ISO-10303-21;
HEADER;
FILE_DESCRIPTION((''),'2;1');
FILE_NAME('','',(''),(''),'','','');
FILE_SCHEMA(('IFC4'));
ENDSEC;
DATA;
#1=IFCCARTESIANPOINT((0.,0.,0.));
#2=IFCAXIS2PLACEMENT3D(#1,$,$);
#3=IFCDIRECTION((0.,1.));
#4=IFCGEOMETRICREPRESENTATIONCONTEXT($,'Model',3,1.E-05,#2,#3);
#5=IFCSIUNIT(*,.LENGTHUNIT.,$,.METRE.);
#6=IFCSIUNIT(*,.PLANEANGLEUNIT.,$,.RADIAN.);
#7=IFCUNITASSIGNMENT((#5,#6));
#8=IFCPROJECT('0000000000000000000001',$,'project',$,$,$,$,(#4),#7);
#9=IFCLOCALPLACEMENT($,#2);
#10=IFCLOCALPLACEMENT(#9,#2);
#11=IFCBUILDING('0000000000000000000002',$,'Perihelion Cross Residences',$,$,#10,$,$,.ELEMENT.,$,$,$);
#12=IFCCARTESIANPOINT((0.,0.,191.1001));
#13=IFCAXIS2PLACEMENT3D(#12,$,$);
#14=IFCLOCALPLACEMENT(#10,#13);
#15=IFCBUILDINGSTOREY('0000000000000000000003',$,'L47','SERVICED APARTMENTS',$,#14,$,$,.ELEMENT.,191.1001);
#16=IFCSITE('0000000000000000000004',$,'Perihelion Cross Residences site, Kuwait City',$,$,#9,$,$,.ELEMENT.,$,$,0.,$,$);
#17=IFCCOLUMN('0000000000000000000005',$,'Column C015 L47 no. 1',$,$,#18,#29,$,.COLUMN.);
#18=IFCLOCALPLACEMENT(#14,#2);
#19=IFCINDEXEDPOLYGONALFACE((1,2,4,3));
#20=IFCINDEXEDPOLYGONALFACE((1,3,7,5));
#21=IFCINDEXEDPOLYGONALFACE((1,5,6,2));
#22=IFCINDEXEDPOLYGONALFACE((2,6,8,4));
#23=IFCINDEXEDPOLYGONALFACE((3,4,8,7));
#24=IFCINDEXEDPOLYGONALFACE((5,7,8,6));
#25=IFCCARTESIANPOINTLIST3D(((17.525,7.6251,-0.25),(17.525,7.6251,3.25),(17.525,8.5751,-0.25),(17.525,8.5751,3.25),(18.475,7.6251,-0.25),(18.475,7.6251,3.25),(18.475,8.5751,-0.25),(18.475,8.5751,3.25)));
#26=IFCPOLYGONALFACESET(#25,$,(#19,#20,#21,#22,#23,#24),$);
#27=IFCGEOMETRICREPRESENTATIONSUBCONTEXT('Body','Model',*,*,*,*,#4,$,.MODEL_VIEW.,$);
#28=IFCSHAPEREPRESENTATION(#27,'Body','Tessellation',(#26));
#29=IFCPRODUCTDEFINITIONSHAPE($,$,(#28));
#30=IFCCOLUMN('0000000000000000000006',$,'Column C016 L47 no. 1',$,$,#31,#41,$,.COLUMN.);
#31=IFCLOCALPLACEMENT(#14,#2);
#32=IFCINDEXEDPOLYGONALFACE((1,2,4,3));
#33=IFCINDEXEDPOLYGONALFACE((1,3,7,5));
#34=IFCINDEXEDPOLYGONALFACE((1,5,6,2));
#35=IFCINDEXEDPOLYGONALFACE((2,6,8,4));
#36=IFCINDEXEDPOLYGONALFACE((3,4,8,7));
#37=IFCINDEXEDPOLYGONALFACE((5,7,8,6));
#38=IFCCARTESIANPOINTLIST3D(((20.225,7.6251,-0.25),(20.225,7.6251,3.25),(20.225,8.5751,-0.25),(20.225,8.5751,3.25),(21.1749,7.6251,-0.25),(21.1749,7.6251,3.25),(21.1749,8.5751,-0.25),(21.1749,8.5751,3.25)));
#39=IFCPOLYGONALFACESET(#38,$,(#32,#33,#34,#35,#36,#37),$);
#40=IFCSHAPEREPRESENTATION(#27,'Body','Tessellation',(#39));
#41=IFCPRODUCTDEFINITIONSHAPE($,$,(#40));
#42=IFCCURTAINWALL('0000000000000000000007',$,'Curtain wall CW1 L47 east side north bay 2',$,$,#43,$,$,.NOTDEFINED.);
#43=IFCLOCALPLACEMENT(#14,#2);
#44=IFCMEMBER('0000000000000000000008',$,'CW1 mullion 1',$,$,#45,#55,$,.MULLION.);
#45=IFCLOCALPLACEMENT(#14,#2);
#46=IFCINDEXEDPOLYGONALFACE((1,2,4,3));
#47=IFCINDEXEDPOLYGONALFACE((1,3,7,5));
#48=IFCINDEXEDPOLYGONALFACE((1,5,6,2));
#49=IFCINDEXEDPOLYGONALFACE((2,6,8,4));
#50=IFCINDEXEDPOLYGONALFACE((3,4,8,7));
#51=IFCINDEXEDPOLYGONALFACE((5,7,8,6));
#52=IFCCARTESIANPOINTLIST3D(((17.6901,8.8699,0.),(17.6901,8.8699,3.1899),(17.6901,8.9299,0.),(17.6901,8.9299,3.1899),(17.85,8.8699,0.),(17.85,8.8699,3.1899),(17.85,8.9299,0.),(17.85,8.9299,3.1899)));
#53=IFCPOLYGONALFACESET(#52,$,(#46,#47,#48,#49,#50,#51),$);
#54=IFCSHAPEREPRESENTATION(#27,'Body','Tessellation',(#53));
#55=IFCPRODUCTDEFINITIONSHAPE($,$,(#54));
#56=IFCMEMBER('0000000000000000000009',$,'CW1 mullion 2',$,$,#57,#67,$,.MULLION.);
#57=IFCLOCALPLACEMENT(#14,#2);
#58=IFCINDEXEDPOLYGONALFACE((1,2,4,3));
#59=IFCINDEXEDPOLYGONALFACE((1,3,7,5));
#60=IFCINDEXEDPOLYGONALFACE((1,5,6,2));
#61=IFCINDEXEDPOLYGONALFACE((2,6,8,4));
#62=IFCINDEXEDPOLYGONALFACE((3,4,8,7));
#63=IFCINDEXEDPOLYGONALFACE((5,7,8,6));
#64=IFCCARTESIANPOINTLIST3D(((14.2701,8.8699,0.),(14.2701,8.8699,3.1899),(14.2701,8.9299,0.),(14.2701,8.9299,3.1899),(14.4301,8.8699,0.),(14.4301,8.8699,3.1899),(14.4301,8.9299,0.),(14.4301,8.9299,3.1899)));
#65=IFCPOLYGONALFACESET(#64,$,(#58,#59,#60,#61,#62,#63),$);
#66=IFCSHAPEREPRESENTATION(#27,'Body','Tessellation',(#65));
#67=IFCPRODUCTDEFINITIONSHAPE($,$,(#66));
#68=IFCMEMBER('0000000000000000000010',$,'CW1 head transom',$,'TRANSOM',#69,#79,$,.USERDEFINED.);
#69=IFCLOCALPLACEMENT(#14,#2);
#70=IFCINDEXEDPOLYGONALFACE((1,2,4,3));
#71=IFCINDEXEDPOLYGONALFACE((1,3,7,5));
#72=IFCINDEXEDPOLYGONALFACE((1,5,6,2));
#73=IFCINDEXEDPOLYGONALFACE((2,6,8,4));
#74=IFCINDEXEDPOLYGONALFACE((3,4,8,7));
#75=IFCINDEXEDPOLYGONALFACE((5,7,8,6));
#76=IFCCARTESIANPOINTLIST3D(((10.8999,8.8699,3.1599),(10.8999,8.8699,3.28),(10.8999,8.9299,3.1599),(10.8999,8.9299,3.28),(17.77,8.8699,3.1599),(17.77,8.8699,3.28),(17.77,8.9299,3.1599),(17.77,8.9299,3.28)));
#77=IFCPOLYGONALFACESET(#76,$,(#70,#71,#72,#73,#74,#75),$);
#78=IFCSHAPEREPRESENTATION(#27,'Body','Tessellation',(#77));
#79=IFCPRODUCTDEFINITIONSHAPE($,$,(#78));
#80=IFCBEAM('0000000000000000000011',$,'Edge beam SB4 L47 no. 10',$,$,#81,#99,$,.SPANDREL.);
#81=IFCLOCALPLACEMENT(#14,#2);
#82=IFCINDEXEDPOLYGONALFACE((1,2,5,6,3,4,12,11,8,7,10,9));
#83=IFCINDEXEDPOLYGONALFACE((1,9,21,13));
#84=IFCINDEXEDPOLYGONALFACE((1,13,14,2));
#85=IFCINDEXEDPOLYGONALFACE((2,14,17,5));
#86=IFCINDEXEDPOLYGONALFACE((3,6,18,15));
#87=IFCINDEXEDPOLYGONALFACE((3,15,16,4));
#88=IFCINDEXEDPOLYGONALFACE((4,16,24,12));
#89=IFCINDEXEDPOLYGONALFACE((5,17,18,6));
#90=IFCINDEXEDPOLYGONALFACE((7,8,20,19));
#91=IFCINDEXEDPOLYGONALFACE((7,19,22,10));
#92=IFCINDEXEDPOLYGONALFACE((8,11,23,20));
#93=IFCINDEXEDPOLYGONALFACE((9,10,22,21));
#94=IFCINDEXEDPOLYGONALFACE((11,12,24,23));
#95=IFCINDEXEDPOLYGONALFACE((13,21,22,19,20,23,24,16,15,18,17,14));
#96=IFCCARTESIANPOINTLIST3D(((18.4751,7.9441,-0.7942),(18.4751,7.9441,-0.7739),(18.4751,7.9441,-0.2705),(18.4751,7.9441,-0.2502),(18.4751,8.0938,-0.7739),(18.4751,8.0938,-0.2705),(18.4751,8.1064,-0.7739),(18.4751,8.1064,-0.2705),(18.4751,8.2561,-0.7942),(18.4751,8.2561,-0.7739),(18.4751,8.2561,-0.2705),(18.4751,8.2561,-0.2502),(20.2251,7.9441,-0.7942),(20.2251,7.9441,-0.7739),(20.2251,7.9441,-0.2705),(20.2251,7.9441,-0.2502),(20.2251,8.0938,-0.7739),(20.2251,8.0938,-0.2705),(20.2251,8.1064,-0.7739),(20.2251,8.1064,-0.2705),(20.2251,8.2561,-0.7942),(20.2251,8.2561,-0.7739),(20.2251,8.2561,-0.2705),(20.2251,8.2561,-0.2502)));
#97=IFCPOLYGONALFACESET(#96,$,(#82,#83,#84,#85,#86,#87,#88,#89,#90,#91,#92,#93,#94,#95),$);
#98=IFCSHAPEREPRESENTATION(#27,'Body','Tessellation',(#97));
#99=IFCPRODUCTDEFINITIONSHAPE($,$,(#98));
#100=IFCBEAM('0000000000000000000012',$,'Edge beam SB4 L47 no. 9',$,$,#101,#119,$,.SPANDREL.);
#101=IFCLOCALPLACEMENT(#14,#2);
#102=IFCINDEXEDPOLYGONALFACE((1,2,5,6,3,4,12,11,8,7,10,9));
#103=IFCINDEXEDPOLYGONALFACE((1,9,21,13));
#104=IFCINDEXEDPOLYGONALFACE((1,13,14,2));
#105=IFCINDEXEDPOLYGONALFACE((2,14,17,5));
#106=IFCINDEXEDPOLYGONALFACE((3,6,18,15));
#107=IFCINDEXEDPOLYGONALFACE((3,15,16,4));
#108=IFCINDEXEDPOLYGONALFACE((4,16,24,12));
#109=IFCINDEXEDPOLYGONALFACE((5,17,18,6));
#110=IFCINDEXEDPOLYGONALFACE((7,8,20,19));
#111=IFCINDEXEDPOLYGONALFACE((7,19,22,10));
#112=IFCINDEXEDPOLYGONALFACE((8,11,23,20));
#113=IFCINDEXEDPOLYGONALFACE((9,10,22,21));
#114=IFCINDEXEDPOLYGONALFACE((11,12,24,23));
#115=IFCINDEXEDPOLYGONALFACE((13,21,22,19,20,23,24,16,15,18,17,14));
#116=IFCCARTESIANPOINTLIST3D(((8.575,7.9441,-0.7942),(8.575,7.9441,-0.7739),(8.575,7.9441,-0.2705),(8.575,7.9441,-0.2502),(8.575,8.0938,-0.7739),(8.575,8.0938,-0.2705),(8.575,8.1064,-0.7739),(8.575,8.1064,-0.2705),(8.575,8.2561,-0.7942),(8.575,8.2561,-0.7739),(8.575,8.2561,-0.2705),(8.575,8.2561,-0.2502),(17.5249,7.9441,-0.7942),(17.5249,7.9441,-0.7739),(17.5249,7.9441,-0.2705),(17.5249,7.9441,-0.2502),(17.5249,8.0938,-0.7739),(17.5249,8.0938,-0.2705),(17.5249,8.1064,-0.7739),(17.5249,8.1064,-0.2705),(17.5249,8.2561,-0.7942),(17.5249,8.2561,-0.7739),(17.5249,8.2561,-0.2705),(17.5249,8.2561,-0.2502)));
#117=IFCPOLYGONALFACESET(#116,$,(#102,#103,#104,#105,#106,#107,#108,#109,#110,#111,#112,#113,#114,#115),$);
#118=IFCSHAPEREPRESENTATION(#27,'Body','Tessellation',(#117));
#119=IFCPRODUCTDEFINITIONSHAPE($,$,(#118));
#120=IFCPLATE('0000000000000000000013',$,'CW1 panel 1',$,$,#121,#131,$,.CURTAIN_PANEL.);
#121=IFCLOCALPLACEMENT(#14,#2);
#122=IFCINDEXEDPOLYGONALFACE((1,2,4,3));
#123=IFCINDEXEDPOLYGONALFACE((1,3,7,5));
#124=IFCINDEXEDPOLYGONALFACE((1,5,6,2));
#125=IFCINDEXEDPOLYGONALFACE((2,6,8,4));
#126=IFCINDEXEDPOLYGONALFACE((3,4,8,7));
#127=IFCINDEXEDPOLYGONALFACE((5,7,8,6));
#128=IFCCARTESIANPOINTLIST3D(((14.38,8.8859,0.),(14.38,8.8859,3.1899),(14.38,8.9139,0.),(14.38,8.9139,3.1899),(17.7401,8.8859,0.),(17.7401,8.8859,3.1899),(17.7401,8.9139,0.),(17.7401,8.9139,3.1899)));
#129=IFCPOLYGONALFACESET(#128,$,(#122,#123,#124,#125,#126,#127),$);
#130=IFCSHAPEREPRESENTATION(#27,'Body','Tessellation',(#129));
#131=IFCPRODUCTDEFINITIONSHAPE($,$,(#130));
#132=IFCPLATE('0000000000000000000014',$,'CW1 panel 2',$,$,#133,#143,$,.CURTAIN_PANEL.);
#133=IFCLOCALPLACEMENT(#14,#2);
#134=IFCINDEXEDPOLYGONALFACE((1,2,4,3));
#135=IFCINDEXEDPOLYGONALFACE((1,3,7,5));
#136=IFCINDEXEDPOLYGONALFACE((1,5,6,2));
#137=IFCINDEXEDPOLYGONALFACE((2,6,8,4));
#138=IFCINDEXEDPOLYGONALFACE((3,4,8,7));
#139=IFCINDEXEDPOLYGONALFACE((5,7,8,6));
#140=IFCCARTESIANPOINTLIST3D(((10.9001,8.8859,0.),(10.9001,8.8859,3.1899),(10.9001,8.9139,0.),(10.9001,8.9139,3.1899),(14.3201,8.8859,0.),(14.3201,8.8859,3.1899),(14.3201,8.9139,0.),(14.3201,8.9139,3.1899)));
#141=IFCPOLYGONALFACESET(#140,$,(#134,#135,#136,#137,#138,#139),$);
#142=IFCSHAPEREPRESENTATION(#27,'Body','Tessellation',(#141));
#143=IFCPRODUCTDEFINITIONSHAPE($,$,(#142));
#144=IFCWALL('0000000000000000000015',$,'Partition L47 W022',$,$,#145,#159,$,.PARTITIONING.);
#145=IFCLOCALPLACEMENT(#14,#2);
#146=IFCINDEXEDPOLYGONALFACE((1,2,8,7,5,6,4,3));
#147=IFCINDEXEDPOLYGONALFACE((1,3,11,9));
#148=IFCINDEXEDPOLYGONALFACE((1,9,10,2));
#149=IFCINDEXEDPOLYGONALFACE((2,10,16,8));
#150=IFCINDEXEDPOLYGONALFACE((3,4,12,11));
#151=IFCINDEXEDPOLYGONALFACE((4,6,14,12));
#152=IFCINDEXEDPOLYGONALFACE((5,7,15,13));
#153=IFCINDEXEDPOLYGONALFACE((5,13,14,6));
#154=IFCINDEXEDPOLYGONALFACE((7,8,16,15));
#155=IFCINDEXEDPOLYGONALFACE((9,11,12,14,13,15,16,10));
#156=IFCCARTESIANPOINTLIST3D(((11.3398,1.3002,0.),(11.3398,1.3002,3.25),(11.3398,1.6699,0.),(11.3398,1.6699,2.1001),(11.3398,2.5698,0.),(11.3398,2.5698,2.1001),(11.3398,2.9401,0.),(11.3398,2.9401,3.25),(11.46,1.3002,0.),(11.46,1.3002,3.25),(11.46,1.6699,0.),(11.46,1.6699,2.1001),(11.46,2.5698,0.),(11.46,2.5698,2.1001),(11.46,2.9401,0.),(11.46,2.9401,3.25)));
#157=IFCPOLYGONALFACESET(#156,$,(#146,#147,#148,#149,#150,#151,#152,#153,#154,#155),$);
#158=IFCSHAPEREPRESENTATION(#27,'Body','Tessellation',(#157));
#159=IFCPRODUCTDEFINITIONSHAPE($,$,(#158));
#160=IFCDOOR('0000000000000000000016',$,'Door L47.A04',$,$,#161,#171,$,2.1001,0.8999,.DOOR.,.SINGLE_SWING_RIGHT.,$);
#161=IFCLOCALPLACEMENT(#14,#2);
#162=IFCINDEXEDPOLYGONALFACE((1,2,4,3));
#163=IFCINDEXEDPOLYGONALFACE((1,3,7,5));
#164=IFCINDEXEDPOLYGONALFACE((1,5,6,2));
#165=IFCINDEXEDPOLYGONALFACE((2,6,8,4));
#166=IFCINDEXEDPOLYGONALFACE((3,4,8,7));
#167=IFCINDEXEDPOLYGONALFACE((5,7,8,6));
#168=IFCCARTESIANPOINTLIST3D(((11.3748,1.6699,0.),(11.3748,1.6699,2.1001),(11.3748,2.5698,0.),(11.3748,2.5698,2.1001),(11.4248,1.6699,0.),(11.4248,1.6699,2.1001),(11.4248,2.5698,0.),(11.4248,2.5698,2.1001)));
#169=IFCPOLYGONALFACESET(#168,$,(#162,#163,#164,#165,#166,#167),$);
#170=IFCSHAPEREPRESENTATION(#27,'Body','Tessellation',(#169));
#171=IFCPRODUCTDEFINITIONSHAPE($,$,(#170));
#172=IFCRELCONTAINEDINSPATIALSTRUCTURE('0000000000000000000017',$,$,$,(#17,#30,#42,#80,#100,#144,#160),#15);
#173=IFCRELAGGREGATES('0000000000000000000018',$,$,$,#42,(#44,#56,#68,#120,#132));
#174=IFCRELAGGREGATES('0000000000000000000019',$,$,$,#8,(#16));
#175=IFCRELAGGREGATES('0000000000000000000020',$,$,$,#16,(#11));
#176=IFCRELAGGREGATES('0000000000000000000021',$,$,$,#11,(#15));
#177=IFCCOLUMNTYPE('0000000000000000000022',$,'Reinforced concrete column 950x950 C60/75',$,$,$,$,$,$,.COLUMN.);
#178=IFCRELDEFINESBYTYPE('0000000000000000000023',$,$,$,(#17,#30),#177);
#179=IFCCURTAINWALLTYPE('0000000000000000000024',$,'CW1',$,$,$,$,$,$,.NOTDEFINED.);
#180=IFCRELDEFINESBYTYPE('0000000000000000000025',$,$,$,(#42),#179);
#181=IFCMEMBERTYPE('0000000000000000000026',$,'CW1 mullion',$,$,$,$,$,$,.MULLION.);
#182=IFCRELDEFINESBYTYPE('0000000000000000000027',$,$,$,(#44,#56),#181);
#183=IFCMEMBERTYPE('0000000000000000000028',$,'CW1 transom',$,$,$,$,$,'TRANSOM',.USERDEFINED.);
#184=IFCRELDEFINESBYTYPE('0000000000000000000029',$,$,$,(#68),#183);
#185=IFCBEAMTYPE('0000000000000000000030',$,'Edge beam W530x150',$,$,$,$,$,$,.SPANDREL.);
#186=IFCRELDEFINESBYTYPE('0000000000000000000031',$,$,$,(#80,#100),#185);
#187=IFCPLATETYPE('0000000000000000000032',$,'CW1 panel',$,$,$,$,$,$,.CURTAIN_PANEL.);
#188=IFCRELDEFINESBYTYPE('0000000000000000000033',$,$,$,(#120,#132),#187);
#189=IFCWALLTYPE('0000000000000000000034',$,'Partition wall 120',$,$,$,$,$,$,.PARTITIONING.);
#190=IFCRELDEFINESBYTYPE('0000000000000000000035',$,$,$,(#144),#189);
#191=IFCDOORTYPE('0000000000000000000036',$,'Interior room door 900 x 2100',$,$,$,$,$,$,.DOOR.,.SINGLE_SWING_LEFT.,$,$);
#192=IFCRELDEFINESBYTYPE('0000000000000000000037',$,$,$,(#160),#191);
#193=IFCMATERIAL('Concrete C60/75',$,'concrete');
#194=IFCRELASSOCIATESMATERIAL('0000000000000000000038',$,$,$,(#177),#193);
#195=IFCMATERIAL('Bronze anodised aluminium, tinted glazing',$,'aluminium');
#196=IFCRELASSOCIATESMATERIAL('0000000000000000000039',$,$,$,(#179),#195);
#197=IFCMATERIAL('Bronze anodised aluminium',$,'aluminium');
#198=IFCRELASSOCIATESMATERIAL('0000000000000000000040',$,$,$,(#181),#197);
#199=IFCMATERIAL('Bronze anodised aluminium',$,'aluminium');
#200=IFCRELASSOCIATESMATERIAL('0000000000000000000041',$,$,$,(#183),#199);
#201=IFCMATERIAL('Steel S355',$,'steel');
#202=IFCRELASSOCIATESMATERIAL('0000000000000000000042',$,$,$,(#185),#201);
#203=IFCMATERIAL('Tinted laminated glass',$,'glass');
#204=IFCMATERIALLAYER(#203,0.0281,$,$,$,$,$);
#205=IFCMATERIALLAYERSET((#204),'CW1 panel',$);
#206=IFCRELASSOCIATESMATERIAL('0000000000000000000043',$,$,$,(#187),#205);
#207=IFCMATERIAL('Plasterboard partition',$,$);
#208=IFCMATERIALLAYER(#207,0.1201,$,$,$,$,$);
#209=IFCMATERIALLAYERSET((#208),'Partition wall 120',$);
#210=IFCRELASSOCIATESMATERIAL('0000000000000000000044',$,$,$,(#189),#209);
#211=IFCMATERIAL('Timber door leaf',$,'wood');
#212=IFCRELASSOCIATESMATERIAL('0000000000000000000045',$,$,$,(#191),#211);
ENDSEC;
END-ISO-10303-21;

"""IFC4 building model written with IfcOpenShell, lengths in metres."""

from ifc_helpers import new_model, si_unit, direction, frame, frame_2d, origin, origin_2d, place, context, subcontext, project, spatial, rectangle, i_section, extrude, material, layer, layer_set, material_profile, profile_set, type_object, element, fill, aggregate, save


model = new_model("IFC4")

# Units and contexts
model_context = context("Model", 3, precision=1e-05, world=origin(), true_north=direction((0.0, 1.0)))
body_context = subcontext(model_context, "Body", "Model", "MODEL_VIEW")
ifc_project = project(units=[si_unit("LENGTHUNIT", "METRE"), si_unit("PLANEANGLEUNIT", "RADIAN")], contexts=[model_context])

# Site, building, storey
site_placement = place(None, origin())
site = spatial("IfcSite", under=ifc_project, at=site_placement, Name="Perihelion Cross Residences site, Kuwait City", CompositionType="ELEMENT", RefElevation=0.0)
building_placement = place(site_placement, origin())
building = spatial("IfcBuilding", under=site, at=building_placement, Name="Perihelion Cross Residences", CompositionType="ELEMENT")
storey_placement = place(building_placement, frame((0.0, 0.0, 191.1001)))
storey = spatial("IfcBuildingStorey", under=building, at=storey_placement, Name="L47", Description="SERVICED APARTMENTS", CompositionType="ELEMENT", Elevation=191.1001)

# Columns
ifc_material_1 = material(Name="Concrete C60/75", Category="concrete")
ifc_material_profile_1 = material_profile(ifc_material_1, rectangle(XDim=0.95, YDim=0.95, at=origin_2d()), Name="RC 950x950")
ifc_profile_set_1 = profile_set([ifc_material_profile_1], Name="Concrete C60/75")
column_type = type_object("IfcColumnType", Name="Reinforced concrete column 950x950 C60/75", PredefinedType="COLUMN", material=ifc_profile_set_1)
for number, where, z_axis, x_axis, name in (
    (1, (18.0, 8.1001, -0.25), (0.0, 0.0, 1.0), (1.0, 0.0, 0.0), "Column C015 L47 no. 1"),
    (2, (20.7, 8.1001, -0.25), (0.0, 0.0, 1.0), (1.0, 0.0, 0.0), "Column C016 L47 no. 1"),
):
    element("IfcColumn", number, at=place(storey_placement, frame(where, z_axis=z_axis, x_axis=x_axis)), inside=storey, type_object=column_type, Name=name, PredefinedType="COLUMN", context=body_context, shape_type="SweptSolid", body=[
        extrude(rectangle(XDim=0.95, YDim=0.95, at=origin_2d()), origin(), (0.0, 0.0, 1.0), 3.5),
    ])

# Curtain wall, members
ifc_material_2 = material(Name="Bronze anodised aluminium, tinted glazing", Category="aluminium")
curtain_wall_type = type_object("IfcCurtainWallType", Name="CW1", PredefinedType="NOTDEFINED", material=ifc_material_2)
curtain_wall_placement = place(storey_placement, origin())
curtain_wall = element("IfcCurtainWall", 3, at=curtain_wall_placement, inside=storey, type_object=curtain_wall_type, Name="Curtain wall CW1 L47 east side north bay 2", PredefinedType="NOTDEFINED")
ifc_material_3 = material(Name="Bronze anodised aluminium", Category="aluminium")
ifc_material_profile_2 = material_profile(ifc_material_3, rectangle(XDim=0.0601, YDim=0.1599, at=origin_2d()), Name="CW1 mullion")
ifc_profile_set_2 = profile_set([ifc_material_profile_2], Name="Bronze anodised aluminium")
member_type_1 = type_object("IfcMemberType", Name="CW1 mullion", PredefinedType="MULLION", material=ifc_profile_set_2)
member_1_placement = place(storey_placement, frame((17.77, 8.8999, 0.0), z_axis=(0.0, 0.0, 1.0), x_axis=(0.0, -1.0, 0.0)))
member_1 = element("IfcMember", 4, at=member_1_placement, type_object=member_type_1, Name="CW1 mullion 1", PredefinedType="MULLION", context=body_context, shape_type="SweptSolid", body=[
    extrude(rectangle(XDim=0.0601, YDim=0.1599, at=origin_2d()), origin(), (0.0, 0.0, 1.0), 3.1899),
])
member_2_placement = place(storey_placement, frame((14.3501, 8.8999, 0.0), z_axis=(0.0, 0.0, 1.0), x_axis=(0.0, -1.0, 0.0)))
member_2 = element("IfcMember", 5, at=member_2_placement, type_object=member_type_1, Name="CW1 mullion 2", PredefinedType="MULLION", context=body_context, shape_type="SweptSolid", body=[
    extrude(rectangle(XDim=0.0601, YDim=0.1599, at=origin_2d()), origin(), (0.0, 0.0, 1.0), 3.1899),
])
ifc_material_4 = material(Name="Bronze anodised aluminium", Category="aluminium")
ifc_material_profile_3 = material_profile(ifc_material_4, rectangle(XDim=0.0601, YDim=0.1201, at=origin_2d()), Name="CW1 transom")
ifc_profile_set_3 = profile_set([ifc_material_profile_3], Name="Bronze anodised aluminium")
member_type_2 = type_object("IfcMemberType", Name="CW1 transom", ElementType="TRANSOM", PredefinedType="USERDEFINED", material=ifc_profile_set_3)
member_3_placement = place(storey_placement, frame((17.77, 8.8999, 3.22), z_axis=(-1.0, 0.0, 0.0), x_axis=(0.0, -1.0, 0.0)))
member_3 = element("IfcMember", 6, at=member_3_placement, type_object=member_type_2, Name="CW1 head transom", ObjectType="TRANSOM", PredefinedType="USERDEFINED", context=body_context, shape_type="SweptSolid", body=[
    extrude(rectangle(XDim=0.0601, YDim=0.1201, at=origin_2d()), origin(), (0.0, 0.0, 1.0), 6.8701),
])

# Beams
ifc_material_5 = material(Name="Steel S355", Category="steel")
ifc_material_profile_4 = material_profile(ifc_material_5, i_section(OverallWidth=0.312, OverallDepth=0.5439, WebThickness=0.0127, FlangeThickness=0.0203, at=origin_2d()), Name="W530x150")
ifc_profile_set_4 = profile_set([ifc_material_profile_4], Name="Steel S355")
beam_type = type_object("IfcBeamType", Name="Edge beam W530x150", PredefinedType="SPANDREL", material=ifc_profile_set_4)
beam_1_placement = place(storey_placement, frame((20.2251, 8.1001, -0.5222), z_axis=(-1.0, 0.0, 0.0), x_axis=(0.0, -1.0, 0.0)))
element("IfcBeam", 7, at=beam_1_placement, inside=storey, type_object=beam_type, Name="Edge beam SB4 L47 no. 10", PredefinedType="SPANDREL", context=body_context, shape_type="SweptSolid", body=[
    extrude(i_section(OverallWidth=0.312, OverallDepth=0.5439, WebThickness=0.0127, FlangeThickness=0.0203, at=origin_2d()), origin(), (0.0, 0.0, 1.0), 1.75),
])
beam_2_placement = place(storey_placement, frame((17.5249, 8.1001, -0.5222), z_axis=(-1.0, 0.0, 0.0), x_axis=(0.0, -1.0, 0.0)))
element("IfcBeam", 8, at=beam_2_placement, inside=storey, type_object=beam_type, Name="Edge beam SB4 L47 no. 9", PredefinedType="SPANDREL", context=body_context, shape_type="SweptSolid", body=[
    extrude(i_section(OverallWidth=0.312, OverallDepth=0.5439, WebThickness=0.0127, FlangeThickness=0.0203, at=origin_2d()), origin(), (0.0, 0.0, 1.0), 8.95),
])

# Plates
ifc_material_6 = material(Name="Tinted laminated glass", Category="glass")
ifc_layer_1 = layer(ifc_material_6, 0.0281)
ifc_layer_set_1 = layer_set([ifc_layer_1], Name="CW1 panel")
plate_type = type_object("IfcPlateType", Name="CW1 panel", PredefinedType="CURTAIN_PANEL", material=ifc_layer_set_1)
plate_1_placement = place(storey_placement, frame((16.0601, 8.8999, 0.0), z_axis=(0.0, 0.0, 1.0), x_axis=(-1.0, 0.0, 0.0)))
plate_1 = element("IfcPlate", 9, at=plate_1_placement, type_object=plate_type, Name="CW1 panel 1", PredefinedType="CURTAIN_PANEL", context=body_context, shape_type="SweptSolid", body=[
    extrude(rectangle(XDim=3.3601, YDim=0.0281, at=origin_2d()), origin(), (0.0, 0.0, 1.0), 3.1899),
])
plate_2_placement = place(storey_placement, frame((12.6101, 8.8999, 0.0), z_axis=(0.0, 0.0, 1.0), x_axis=(-1.0, 0.0, 0.0)))
plate_2 = element("IfcPlate", 10, at=plate_2_placement, type_object=plate_type, Name="CW1 panel 2", PredefinedType="CURTAIN_PANEL", context=body_context, shape_type="SweptSolid", body=[
    extrude(rectangle(XDim=3.4199, YDim=0.0281, at=origin_2d()), origin(), (0.0, 0.0, 1.0), 3.1899),
])
aggregate(curtain_wall, [member_1, member_2, member_3, plate_1, plate_2])

# Wall, opening, door
ifc_material_7 = material(Name="Plasterboard partition")
ifc_layer_2 = layer(ifc_material_7, 0.1201)
ifc_layer_set_2 = layer_set([ifc_layer_2], Name="Partition wall 120")
wall_type_1 = type_object("IfcWallType", Name="Partition wall 120", PredefinedType="PARTITIONING", material=ifc_layer_set_2)
wall_1_placement = place(storey_placement, frame((11.3999, 2.9399, 0.0), z_axis=(0.0, 0.0, 1.0), x_axis=(0.0, -1.0, 0.0)))
wall_1 = element("IfcWall", 11, at=wall_1_placement, inside=storey, type_object=wall_type_1, Name="Partition L47 W022", PredefinedType="PARTITIONING", context=body_context, shape_type="SweptSolid", body=[
    extrude(rectangle(XDim=1.6399, YDim=0.1201, at=frame_2d((0.8198, 0.0))), origin(), (0.0, 0.0, 1.0), 3.25),
])
opening_1_placement = place(wall_1_placement, frame((0.3701, 0.0, 0.0)))
opening_1 = element("IfcOpeningElement", 12, at=opening_1_placement, cuts=wall_1, PredefinedType="OPENING", context=body_context, shape_type="SweptSolid", body=[
    extrude(rectangle(XDim=0.8999, YDim=2.1001, at=frame_2d((0.45, 1.05))), frame((0.0, 0.0701, 0.0), z_axis=(0.0, -1.0, 0.0), x_axis=(1.0, 0.0, 0.0)), (0.0, 0.0, 1.0), 0.1401),
])
ifc_material_8 = material(Name="Timber door leaf", Category="wood")
door_type_1 = type_object("IfcDoorType", Name="Interior room door 900 x 2100", OperationType="SINGLE_SWING_LEFT", PredefinedType="DOOR", material=ifc_material_8)
door_1_placement = place(opening_1_placement, origin())
door_1 = element("IfcDoor", 13, at=door_1_placement, inside=storey, type_object=door_type_1, Name="Door L47.A04", OperationType="SINGLE_SWING_RIGHT", OverallHeight=2.1001, OverallWidth=0.8999, PredefinedType="DOOR", context=body_context, shape_type="SweptSolid", body=[
    extrude(rectangle(XDim=0.8999, YDim=2.1001, at=frame_2d((0.45, 1.05))), frame((0.0, 0.0249, 0.0), z_axis=(0.0, -1.0, 0.0), x_axis=(1.0, 0.0, 0.0)), (0.0, 0.0, 1.0), 0.05),
])
fill(opening_1, door_1)

save(model, "model.ifc")
